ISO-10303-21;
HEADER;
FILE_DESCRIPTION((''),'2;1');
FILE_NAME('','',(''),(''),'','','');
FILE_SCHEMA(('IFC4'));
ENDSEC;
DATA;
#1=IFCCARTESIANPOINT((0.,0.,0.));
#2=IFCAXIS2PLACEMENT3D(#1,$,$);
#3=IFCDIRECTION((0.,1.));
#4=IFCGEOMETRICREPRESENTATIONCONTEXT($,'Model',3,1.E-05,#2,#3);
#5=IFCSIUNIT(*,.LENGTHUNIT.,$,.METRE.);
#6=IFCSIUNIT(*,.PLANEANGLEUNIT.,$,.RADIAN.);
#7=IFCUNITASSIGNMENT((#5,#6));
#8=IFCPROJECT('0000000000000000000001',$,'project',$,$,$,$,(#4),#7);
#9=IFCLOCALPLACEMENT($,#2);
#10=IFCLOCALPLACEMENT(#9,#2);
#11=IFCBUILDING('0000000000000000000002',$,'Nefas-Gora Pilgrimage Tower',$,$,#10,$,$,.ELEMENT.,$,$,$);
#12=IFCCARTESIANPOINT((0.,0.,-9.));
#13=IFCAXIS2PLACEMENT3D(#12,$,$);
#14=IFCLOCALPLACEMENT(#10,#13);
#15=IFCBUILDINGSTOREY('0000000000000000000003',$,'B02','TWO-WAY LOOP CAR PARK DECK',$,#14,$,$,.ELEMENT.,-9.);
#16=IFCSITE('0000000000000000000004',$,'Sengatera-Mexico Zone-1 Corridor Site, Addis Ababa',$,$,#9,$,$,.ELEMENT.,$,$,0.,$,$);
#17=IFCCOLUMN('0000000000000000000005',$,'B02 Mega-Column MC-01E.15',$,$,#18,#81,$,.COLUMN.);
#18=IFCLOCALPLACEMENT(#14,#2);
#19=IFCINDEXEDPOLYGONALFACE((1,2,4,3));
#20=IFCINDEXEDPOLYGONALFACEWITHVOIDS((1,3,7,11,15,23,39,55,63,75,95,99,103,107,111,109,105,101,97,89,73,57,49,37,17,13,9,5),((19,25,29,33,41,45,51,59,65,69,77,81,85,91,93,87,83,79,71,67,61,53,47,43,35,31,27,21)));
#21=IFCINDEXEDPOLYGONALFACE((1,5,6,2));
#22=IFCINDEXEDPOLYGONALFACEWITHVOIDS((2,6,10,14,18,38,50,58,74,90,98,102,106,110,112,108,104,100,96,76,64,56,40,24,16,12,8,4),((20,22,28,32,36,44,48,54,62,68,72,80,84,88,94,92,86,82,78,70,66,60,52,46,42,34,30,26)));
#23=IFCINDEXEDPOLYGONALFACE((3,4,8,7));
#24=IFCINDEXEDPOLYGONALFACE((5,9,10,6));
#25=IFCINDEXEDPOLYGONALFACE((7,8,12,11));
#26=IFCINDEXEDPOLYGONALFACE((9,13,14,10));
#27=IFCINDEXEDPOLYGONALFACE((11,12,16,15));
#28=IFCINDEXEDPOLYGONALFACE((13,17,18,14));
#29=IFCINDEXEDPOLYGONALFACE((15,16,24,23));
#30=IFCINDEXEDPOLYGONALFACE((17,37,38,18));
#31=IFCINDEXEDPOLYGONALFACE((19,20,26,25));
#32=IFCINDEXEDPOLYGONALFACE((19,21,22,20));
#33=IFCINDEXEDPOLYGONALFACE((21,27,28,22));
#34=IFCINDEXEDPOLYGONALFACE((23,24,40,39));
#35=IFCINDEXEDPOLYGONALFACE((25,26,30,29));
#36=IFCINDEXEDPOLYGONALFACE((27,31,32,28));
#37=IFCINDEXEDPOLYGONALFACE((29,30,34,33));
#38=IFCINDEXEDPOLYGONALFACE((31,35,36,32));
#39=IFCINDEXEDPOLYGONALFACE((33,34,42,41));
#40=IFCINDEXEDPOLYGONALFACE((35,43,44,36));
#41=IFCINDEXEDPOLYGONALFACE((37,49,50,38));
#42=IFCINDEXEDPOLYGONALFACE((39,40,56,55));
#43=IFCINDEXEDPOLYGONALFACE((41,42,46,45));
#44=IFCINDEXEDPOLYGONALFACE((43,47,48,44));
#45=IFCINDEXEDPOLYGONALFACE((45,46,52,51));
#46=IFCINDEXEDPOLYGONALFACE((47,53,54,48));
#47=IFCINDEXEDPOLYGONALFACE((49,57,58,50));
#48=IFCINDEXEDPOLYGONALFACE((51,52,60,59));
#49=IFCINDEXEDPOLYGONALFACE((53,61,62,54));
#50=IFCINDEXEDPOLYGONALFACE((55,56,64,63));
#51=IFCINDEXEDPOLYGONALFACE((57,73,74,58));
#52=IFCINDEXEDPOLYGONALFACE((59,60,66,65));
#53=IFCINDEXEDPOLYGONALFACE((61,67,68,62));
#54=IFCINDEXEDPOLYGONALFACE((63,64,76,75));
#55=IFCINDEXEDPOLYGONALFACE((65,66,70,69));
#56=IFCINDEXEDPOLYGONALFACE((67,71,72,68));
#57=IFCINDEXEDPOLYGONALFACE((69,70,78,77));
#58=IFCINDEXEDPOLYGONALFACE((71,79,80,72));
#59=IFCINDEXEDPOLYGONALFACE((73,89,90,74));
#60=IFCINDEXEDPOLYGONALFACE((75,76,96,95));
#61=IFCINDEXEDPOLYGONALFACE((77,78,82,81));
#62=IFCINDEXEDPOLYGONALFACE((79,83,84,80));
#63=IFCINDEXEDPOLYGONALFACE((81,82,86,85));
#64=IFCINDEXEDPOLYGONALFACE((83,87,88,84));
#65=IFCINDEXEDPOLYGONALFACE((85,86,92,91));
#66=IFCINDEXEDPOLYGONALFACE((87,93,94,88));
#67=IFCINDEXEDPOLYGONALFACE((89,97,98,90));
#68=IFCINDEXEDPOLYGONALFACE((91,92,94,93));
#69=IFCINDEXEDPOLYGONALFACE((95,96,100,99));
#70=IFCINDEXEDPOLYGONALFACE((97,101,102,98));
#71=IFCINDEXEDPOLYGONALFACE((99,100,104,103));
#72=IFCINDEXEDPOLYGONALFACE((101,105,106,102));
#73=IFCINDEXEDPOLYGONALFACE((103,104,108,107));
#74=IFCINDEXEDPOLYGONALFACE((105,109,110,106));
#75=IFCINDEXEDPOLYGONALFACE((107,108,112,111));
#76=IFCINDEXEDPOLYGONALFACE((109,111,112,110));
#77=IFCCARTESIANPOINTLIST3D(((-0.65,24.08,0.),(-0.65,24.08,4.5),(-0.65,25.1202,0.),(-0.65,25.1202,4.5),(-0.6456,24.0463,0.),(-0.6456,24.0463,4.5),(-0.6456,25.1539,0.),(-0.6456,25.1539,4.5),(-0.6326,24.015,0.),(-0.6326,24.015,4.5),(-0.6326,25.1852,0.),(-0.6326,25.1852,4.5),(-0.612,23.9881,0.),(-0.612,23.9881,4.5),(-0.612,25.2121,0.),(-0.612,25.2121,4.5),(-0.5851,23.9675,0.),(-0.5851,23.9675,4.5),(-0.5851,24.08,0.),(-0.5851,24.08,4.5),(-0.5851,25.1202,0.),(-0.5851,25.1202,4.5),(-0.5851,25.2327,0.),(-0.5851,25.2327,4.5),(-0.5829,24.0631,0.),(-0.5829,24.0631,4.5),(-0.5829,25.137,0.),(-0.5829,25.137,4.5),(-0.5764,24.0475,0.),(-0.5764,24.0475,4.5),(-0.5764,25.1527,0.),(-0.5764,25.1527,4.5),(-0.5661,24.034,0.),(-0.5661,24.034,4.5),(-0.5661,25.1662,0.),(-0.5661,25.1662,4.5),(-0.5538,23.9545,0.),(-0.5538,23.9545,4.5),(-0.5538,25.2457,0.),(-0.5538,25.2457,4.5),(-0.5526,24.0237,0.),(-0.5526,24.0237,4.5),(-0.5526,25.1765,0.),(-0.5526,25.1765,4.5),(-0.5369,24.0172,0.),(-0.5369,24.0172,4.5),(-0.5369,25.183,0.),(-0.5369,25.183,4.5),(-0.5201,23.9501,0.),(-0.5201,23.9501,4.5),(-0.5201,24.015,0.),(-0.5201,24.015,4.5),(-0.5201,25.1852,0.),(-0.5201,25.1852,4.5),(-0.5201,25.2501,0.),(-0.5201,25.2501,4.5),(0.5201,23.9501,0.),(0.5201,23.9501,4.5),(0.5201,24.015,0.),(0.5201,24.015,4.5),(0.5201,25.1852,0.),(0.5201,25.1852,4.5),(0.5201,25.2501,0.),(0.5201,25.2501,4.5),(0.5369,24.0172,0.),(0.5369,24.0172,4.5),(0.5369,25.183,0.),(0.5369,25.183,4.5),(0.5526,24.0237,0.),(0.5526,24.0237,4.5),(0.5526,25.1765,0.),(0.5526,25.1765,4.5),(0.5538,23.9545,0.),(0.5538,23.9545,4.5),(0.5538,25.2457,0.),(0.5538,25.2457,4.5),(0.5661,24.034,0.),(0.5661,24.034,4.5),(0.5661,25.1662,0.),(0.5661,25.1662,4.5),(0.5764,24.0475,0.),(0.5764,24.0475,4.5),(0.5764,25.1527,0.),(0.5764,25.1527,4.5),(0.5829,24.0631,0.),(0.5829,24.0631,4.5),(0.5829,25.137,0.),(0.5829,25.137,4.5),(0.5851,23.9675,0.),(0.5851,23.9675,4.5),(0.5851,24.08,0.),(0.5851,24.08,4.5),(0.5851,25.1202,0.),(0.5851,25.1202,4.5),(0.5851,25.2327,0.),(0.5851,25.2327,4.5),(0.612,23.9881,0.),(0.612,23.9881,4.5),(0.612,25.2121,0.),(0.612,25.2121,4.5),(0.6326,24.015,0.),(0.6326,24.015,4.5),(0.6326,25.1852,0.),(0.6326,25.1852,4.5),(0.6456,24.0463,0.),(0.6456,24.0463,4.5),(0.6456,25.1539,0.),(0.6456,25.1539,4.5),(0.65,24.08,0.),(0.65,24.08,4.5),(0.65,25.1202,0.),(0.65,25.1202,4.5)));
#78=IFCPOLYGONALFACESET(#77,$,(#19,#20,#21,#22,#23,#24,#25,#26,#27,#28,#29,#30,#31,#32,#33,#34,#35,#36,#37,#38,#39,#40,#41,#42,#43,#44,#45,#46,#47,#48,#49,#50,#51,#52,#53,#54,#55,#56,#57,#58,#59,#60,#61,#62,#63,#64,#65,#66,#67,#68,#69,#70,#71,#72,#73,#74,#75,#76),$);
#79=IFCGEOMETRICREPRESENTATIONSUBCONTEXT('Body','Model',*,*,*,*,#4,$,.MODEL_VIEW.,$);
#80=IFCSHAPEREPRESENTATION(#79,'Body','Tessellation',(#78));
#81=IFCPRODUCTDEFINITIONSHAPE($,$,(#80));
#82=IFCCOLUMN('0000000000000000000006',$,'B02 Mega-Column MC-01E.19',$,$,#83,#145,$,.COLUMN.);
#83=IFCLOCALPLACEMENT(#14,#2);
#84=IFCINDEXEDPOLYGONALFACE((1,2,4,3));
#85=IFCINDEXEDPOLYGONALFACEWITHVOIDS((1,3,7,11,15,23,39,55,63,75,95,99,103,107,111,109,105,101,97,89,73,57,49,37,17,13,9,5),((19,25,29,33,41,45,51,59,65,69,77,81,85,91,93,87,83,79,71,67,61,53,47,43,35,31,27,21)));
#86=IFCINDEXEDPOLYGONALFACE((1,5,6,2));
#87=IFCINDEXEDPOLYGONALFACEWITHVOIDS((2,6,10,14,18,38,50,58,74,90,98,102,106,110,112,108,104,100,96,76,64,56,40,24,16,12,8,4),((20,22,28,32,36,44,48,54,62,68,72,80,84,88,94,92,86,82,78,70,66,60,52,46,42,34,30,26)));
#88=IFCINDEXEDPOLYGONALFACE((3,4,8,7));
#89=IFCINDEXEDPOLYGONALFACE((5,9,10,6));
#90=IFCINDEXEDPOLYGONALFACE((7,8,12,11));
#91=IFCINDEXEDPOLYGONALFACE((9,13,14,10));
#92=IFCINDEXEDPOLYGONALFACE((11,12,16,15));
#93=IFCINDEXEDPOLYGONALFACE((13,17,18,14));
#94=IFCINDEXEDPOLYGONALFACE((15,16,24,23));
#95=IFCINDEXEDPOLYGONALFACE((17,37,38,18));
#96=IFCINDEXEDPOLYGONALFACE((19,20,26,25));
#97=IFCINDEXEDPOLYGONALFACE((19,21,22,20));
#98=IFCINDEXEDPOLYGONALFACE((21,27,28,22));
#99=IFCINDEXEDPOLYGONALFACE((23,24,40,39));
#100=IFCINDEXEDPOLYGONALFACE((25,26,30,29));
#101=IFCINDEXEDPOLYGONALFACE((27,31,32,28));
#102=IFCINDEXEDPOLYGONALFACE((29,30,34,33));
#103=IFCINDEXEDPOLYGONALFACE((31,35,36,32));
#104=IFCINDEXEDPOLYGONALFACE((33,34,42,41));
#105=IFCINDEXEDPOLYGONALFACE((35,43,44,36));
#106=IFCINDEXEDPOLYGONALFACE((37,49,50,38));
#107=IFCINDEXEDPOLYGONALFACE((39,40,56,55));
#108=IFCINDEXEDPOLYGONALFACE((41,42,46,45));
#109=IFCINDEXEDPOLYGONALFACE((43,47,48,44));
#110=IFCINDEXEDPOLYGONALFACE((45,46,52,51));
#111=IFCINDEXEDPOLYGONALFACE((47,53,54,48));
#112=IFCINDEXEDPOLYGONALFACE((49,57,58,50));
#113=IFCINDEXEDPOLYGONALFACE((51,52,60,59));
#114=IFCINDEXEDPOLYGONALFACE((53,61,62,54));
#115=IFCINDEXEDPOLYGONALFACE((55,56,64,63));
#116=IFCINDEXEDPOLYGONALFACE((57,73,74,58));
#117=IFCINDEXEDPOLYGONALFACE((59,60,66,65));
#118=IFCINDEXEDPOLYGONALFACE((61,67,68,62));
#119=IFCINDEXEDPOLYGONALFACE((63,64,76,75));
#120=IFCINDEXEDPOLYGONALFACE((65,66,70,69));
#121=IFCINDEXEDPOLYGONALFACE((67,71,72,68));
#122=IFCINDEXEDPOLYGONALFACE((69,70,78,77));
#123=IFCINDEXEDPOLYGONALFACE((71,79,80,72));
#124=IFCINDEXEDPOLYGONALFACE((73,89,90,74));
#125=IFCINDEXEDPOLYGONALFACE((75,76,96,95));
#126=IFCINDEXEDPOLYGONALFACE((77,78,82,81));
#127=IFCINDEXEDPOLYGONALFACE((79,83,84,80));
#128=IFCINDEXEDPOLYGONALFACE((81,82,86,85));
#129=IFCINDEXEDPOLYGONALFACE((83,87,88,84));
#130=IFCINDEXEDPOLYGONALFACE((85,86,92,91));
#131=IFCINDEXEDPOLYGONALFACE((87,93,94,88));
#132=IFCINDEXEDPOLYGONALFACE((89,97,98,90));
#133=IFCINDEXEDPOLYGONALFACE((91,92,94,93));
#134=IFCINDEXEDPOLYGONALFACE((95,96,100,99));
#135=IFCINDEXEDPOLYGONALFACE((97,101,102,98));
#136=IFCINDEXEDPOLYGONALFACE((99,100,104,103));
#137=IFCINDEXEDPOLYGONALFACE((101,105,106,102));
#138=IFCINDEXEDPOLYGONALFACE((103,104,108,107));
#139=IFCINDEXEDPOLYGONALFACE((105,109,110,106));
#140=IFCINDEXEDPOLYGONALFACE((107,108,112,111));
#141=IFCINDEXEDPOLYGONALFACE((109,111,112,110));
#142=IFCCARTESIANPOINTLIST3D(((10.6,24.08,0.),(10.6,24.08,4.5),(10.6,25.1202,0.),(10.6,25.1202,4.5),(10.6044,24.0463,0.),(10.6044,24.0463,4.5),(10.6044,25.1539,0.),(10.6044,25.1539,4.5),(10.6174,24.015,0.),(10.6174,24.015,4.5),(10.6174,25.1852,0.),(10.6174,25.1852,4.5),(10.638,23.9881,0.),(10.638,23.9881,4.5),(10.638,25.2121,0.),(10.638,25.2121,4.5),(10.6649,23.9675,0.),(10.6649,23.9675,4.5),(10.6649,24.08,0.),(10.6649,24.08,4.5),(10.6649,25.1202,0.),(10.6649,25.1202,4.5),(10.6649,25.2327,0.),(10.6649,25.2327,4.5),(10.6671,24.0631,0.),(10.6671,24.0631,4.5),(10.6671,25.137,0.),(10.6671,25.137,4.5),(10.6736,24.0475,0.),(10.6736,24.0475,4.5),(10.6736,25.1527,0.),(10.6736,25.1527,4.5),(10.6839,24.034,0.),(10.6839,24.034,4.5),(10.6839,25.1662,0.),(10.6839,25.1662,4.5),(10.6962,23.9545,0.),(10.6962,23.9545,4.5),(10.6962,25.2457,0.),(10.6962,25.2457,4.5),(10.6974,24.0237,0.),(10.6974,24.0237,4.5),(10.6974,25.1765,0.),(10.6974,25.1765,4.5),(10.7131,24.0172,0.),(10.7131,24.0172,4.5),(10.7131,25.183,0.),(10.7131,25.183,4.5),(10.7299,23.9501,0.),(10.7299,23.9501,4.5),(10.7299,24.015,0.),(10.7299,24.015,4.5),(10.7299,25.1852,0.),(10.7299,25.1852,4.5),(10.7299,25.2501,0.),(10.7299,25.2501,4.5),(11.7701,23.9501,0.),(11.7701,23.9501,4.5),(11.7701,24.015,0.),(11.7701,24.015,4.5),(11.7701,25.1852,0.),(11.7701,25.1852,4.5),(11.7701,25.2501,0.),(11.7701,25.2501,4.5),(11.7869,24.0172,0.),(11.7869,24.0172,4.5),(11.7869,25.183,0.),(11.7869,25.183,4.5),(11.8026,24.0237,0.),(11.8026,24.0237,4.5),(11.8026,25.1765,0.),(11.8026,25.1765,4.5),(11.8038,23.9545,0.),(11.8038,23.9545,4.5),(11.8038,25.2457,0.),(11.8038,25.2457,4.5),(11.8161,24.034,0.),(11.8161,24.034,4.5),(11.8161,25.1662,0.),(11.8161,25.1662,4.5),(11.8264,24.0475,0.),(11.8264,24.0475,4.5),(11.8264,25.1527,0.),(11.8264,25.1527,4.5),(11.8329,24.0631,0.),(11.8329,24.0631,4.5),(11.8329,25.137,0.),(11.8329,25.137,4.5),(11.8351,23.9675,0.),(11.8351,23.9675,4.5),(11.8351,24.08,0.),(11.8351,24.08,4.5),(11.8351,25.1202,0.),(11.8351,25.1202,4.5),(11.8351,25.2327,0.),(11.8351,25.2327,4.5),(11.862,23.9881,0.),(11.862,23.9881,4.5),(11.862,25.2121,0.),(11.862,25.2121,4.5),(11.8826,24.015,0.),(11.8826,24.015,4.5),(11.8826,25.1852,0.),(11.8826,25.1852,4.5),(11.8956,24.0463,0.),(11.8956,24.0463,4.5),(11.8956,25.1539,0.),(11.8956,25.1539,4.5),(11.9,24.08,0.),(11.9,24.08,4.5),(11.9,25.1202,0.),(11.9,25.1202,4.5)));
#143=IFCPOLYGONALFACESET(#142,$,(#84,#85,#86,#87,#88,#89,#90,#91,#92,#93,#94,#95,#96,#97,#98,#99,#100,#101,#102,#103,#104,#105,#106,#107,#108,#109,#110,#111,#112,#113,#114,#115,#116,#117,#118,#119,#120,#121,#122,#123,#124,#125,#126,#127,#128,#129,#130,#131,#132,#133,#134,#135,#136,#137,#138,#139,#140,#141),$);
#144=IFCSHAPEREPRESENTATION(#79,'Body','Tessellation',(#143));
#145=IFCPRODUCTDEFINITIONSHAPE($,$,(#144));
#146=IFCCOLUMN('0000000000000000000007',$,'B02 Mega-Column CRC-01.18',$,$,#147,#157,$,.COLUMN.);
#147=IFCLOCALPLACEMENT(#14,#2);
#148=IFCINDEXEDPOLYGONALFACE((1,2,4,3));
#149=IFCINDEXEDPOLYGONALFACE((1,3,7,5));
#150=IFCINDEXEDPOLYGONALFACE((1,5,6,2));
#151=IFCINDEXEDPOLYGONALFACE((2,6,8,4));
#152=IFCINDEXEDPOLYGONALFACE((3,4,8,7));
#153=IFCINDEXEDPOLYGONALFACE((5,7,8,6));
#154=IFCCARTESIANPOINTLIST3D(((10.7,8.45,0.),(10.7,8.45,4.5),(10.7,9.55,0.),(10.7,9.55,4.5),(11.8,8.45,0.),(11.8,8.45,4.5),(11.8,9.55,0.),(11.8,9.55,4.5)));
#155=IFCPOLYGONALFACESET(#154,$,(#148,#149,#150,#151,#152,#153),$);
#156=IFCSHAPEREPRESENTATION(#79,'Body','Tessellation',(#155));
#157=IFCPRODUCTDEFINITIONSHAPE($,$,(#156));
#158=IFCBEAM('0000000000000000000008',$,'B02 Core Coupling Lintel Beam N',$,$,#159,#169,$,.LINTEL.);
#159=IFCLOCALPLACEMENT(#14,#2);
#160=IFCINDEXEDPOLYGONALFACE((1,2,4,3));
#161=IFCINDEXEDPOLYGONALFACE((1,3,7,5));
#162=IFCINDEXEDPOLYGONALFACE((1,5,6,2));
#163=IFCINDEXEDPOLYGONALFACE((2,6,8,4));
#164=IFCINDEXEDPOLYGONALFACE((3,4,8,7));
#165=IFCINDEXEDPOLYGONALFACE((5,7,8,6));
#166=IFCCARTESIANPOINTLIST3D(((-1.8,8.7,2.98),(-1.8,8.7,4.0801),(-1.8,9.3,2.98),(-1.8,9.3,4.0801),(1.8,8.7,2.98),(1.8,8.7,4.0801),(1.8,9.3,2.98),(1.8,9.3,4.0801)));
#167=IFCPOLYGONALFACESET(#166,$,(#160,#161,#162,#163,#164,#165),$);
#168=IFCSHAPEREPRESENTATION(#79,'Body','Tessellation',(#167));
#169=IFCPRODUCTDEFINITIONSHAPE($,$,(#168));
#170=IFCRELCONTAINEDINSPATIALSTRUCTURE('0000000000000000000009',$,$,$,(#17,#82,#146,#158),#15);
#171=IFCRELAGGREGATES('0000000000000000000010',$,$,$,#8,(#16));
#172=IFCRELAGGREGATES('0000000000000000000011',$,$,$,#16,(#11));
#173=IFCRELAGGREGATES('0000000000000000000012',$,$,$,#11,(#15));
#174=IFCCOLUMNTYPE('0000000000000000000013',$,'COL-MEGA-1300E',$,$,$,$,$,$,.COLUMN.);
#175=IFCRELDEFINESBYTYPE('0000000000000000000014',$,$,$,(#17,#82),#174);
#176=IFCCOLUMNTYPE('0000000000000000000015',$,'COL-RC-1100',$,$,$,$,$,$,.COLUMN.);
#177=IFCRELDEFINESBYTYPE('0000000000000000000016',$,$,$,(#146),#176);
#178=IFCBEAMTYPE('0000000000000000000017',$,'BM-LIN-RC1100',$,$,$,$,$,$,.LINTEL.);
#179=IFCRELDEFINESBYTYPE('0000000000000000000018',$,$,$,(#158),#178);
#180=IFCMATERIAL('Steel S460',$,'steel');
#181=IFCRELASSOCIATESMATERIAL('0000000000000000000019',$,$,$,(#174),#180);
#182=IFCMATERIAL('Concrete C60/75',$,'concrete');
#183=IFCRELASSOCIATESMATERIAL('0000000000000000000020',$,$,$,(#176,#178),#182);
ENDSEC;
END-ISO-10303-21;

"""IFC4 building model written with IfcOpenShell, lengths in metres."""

from ifc_helpers import new_model, si_unit, direction, frame, origin, origin_2d, place, context, subcontext, project, spatial, rectangle, hollow_rectangle, extrude, source, transform, mapped, material, material_profile, profile_set, type_object, element, save


model = new_model("IFC4")

# Units and contexts
model_context = context("Model", 3, precision=1e-05, world=origin(), true_north=direction((0.0, 1.0)))
body_context = subcontext(model_context, "Body", "Model", "MODEL_VIEW")
ifc_project = project(units=[si_unit("LENGTHUNIT", "METRE"), si_unit("PLANEANGLEUNIT", "RADIAN")], contexts=[model_context])

# Site, building, storey
site_placement = place(None, origin())
site = spatial("IfcSite", under=ifc_project, at=site_placement, Name="Sengatera-Mexico Zone-1 Corridor Site, Addis Ababa", CompositionType="ELEMENT", RefElevation=0.0)
building_placement = place(site_placement, origin())
building = spatial("IfcBuilding", under=site, at=building_placement, Name="Nefas-Gora Pilgrimage Tower", CompositionType="ELEMENT")
storey_placement = place(building_placement, frame((0.0, 0.0, -9.0)))
storey = spatial("IfcBuildingStorey", under=building, at=storey_placement, Name="B02", Description="TWO-WAY LOOP CAR PARK DECK", CompositionType="ELEMENT", Elevation=-9.0)

# Columns
ifc_material_1 = material(Name="Steel S460", Category="steel")
ifc_material_profile_1 = material_profile(ifc_material_1, hollow_rectangle(XDim=1.3, YDim=1.3, WallThickness=0.0649, InnerFilletRadius=0.0649, OuterFilletRadius=0.1299, at=origin_2d()), Name="BOX 1300x1300x65")
ifc_profile_set_1 = profile_set([ifc_material_profile_1], Name="Steel S460")
column_type_1 = type_object("IfcColumnType", Name="COL-MEGA-1300E", PredefinedType="COLUMN", material=ifc_profile_set_1)
shared_shape_1 = source(origin(), body_context, "Body", "SweptSolid", [
    extrude(hollow_rectangle(XDim=1.3, YDim=1.3, WallThickness=0.0649, InnerFilletRadius=0.0649, OuterFilletRadius=0.1299, at=origin_2d()), origin(), (0.0, 0.0, 1.0), 4.5),
])
for number, where, z_axis, x_axis, name in (
    (1, (0.0, 24.6001, 0.0), (0.0, 0.0, 1.0), (1.0, 0.0, 0.0), "B02 Mega-Column MC-01E.15"),
    (2, (11.25, 24.6001, 0.0), (0.0, 0.0, 1.0), (1.0, 0.0, 0.0), "B02 Mega-Column MC-01E.19"),
):
    element("IfcColumn", number, at=place(storey_placement, frame(where, z_axis=z_axis, x_axis=x_axis)), inside=storey, type_object=column_type_1, Name=name, PredefinedType="COLUMN", context=body_context, shape_type="MappedRepresentation", body=[
        mapped(shared_shape_1, transform((0.0, 0.0, 0.0), x_axis=(1.0, 0.0, 0.0), y_axis=(0.0, 1.0, 0.0), z_axis=(0.0, 0.0, 1.0), scale=1.0)),
    ])
ifc_material_2 = material(Name="Concrete C60/75", Category="concrete")
ifc_material_profile_2 = material_profile(ifc_material_2, rectangle(XDim=1.1001, YDim=1.1001, at=origin_2d()), Name="RC 1100x1100")
ifc_profile_set_2 = profile_set([ifc_material_profile_2], Name="Concrete C60/75")
column_type_2 = type_object("IfcColumnType", Name="COL-RC-1100", PredefinedType="COLUMN", material=ifc_profile_set_2)
shared_shape_2 = source(origin(), body_context, "Body", "SweptSolid", [
    extrude(rectangle(XDim=1.1001, YDim=1.1001, at=origin_2d()), origin(), (0.0, 0.0, 1.0), 4.5),
])
column_placement = place(storey_placement, frame((11.25, 9.0, 0.0), z_axis=(0.0, 0.0, 1.0), x_axis=(1.0, 0.0, 0.0)))
element("IfcColumn", 3, at=column_placement, inside=storey, type_object=column_type_2, Name="B02 Mega-Column CRC-01.18", PredefinedType="COLUMN", context=body_context, shape_type="MappedRepresentation", body=[
    mapped(shared_shape_2, transform((0.0, 0.0, 0.0), x_axis=(1.0, 0.0, 0.0), y_axis=(0.0, 1.0, 0.0), z_axis=(0.0, 0.0, 1.0), scale=1.0)),
])

# Beam
ifc_material_profile_3 = material_profile(ifc_material_2, rectangle(XDim=0.6001, YDim=1.1001, at=origin_2d()), Name="RC 600x1100")
ifc_profile_set_3 = profile_set([ifc_material_profile_3], Name="Concrete C60/75")
beam_type_1 = type_object("IfcBeamType", Name="BM-LIN-RC1100", PredefinedType="LINTEL", material=ifc_profile_set_3)
shared_shape_3 = source(origin(), body_context, "Body", "SweptSolid", [
    extrude(rectangle(XDim=0.6001, YDim=1.1001, at=origin_2d()), origin(), (0.0, 0.0, 1.0), 3.6001),
])
beam_1_placement = place(storey_placement, frame((-1.8, 9.0, 3.53), z_axis=(1.0, 0.0, 0.0), x_axis=(0.0, 1.0, 0.0)))
element("IfcBeam", 4, at=beam_1_placement, inside=storey, type_object=beam_type_1, Name="B02 Core Coupling Lintel Beam N", PredefinedType="LINTEL", context=body_context, shape_type="MappedRepresentation", body=[
    mapped(shared_shape_3, transform((0.0, 0.0, 0.0), x_axis=(1.0, 0.0, 0.0), y_axis=(0.0, 1.0, 0.0), z_axis=(0.0, 0.0, 1.0), scale=1.0)),
])

save(model, "model.ifc")
